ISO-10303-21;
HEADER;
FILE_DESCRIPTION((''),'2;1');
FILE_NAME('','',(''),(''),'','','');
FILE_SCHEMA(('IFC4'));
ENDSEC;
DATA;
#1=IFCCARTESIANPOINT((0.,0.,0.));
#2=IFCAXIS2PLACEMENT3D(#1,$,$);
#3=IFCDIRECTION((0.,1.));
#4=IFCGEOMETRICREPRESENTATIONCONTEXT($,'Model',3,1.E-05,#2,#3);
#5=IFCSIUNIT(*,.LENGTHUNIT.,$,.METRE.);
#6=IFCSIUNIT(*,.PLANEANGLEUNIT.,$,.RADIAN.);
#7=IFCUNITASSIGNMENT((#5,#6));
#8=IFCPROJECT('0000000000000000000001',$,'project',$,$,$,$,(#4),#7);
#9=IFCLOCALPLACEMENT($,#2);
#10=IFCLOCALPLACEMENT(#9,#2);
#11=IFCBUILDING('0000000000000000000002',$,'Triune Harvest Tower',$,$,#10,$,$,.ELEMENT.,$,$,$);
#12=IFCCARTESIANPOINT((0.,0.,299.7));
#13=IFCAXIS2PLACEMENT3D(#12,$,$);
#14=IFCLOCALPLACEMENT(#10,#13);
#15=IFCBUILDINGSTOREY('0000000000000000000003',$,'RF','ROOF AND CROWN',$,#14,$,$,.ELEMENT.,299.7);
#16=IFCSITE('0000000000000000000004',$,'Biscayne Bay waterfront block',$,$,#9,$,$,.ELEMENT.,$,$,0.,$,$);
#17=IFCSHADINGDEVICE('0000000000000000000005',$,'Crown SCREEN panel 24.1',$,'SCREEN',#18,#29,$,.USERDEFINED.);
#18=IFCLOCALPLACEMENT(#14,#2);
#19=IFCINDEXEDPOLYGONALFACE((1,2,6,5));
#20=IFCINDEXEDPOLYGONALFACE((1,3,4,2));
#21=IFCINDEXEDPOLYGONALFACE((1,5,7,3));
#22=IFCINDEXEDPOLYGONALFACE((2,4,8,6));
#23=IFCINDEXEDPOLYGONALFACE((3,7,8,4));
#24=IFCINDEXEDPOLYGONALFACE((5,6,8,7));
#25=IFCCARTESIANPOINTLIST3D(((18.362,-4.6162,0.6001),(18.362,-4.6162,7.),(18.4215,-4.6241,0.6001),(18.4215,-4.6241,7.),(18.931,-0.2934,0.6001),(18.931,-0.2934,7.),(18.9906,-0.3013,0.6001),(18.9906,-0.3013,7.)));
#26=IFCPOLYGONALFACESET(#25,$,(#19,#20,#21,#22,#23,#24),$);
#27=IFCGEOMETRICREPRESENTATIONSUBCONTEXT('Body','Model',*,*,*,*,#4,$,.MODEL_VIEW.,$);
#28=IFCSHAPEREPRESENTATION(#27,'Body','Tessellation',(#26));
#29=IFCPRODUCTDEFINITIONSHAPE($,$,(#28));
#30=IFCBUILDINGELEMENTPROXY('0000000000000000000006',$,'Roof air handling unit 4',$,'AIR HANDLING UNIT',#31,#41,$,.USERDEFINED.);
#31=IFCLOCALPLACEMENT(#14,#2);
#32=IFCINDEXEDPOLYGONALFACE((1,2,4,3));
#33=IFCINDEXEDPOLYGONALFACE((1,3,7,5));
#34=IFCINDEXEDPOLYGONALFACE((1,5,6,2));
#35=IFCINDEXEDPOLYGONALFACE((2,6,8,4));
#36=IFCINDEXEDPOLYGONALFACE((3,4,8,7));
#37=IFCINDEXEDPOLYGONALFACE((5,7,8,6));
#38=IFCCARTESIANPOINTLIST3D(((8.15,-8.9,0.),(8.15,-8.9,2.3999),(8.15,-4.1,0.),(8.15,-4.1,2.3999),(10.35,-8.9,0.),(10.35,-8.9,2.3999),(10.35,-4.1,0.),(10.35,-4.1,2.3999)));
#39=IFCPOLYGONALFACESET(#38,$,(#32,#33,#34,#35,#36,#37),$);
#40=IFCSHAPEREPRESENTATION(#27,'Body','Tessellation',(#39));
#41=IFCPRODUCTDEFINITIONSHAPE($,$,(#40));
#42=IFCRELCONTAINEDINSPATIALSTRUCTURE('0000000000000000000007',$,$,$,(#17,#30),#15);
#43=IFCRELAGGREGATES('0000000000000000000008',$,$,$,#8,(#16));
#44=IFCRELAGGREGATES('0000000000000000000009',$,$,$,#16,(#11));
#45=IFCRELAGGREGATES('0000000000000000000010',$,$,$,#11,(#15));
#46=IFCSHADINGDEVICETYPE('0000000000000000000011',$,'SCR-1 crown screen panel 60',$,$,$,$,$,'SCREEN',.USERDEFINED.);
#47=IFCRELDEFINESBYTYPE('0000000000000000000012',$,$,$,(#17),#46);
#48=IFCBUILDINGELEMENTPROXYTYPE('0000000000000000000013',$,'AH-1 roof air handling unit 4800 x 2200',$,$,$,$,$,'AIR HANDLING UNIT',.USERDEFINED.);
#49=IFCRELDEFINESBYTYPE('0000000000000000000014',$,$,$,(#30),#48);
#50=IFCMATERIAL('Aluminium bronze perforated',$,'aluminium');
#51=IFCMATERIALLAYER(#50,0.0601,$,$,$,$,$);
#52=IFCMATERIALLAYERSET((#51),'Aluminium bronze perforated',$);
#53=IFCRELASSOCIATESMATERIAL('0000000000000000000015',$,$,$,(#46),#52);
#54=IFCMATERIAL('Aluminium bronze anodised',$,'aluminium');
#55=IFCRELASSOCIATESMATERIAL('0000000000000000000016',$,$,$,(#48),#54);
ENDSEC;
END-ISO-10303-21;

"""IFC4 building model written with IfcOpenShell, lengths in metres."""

from ifc_helpers import new_model, si_unit, direction, frame, origin, origin_2d, place, context, subcontext, project, spatial, rectangle, extrude, source, transform, mapped, material, layer, layer_set, type_object, element, save


model = new_model("IFC4")

# Units and contexts
model_context = context("Model", 3, precision=1e-05, world=origin(), true_north=direction((0.0, 1.0)))
body_context = subcontext(model_context, "Body", "Model", "MODEL_VIEW")
ifc_project = project(units=[si_unit("LENGTHUNIT", "METRE"), si_unit("PLANEANGLEUNIT", "RADIAN")], contexts=[model_context])

# Site, building, storey
site_placement = place(None, origin())
site = spatial("IfcSite", under=ifc_project, at=site_placement, Name="Biscayne Bay waterfront block", CompositionType="ELEMENT", RefElevation=0.0)
building_placement = place(site_placement, origin())
building = spatial("IfcBuilding", under=site, at=building_placement, Name="Triune Harvest Tower", CompositionType="ELEMENT")
storey_placement = place(building_placement, frame((0.0, 0.0, 299.7)))
storey = spatial("IfcBuildingStorey", under=building, at=storey_placement, Name="RF", Description="ROOF AND CROWN", CompositionType="ELEMENT", Elevation=299.7)

# Shading device
ifc_material_1 = material(Name="Aluminium bronze perforated", Category="aluminium")
ifc_layer_1 = layer(ifc_material_1, 0.0601)
ifc_layer_set_1 = layer_set([ifc_layer_1], Name="Aluminium bronze perforated")
shading_device_type = type_object("IfcShadingDeviceType", Name="SCR-1 crown screen panel 60", ElementType="SCREEN", PredefinedType="USERDEFINED", material=ifc_layer_set_1)
shared_shape_1 = source(origin(), body_context, "Body", "SweptSolid", [
    extrude(rectangle(XDim=4.3601, YDim=0.0601, at=origin_2d()), origin(), (0.0, 0.0, 1.0), 6.3999),
])
for number, where, z_axis, x_axis, name in (
    (1, (18.6763, -2.4587, 0.6001), (0.0, 0.0, 1.0), (0.130523, 0.991445, 0.0), "Crown SCREEN panel 24.1"),
):
    element("IfcShadingDevice", number, at=place(storey_placement, frame(where, z_axis=z_axis, x_axis=x_axis)), inside=storey, type_object=shading_device_type, Name=name, ObjectType="SCREEN", PredefinedType="USERDEFINED", context=body_context, shape_type="MappedRepresentation", body=[
        mapped(shared_shape_1, transform((0.0, 0.0, 0.0), scale=1.0)),
    ])

# Building element proxy
ifc_material_2 = material(Name="Aluminium bronze anodised", Category="aluminium")
building_element_proxy_type = type_object("IfcBuildingElementProxyType", Name="AH-1 roof air handling unit 4800 x 2200", ElementType="AIR HANDLING UNIT", PredefinedType="USERDEFINED", material=ifc_material_2)
shared_shape_2 = source(origin(), body_context, "Body", "SweptSolid", [
    extrude(rectangle(XDim=2.2, YDim=4.8, at=origin_2d()), origin(), (0.0, 0.0, 1.0), 2.3999),
])
proxy_placement = place(storey_placement, frame((9.25, -6.5, 0.0), z_axis=(0.0, 0.0, 1.0), x_axis=(1.0, 0.0, 0.0)))
element("IfcBuildingElementProxy", 2, at=proxy_placement, inside=storey, type_object=building_element_proxy_type, Name="Roof air handling unit 4", ObjectType="AIR HANDLING UNIT", PredefinedType="USERDEFINED", context=body_context, shape_type="MappedRepresentation", body=[
    mapped(shared_shape_2, transform((0.0, 0.0, 0.0), scale=1.0)),
])

save(model, "model.ifc")
